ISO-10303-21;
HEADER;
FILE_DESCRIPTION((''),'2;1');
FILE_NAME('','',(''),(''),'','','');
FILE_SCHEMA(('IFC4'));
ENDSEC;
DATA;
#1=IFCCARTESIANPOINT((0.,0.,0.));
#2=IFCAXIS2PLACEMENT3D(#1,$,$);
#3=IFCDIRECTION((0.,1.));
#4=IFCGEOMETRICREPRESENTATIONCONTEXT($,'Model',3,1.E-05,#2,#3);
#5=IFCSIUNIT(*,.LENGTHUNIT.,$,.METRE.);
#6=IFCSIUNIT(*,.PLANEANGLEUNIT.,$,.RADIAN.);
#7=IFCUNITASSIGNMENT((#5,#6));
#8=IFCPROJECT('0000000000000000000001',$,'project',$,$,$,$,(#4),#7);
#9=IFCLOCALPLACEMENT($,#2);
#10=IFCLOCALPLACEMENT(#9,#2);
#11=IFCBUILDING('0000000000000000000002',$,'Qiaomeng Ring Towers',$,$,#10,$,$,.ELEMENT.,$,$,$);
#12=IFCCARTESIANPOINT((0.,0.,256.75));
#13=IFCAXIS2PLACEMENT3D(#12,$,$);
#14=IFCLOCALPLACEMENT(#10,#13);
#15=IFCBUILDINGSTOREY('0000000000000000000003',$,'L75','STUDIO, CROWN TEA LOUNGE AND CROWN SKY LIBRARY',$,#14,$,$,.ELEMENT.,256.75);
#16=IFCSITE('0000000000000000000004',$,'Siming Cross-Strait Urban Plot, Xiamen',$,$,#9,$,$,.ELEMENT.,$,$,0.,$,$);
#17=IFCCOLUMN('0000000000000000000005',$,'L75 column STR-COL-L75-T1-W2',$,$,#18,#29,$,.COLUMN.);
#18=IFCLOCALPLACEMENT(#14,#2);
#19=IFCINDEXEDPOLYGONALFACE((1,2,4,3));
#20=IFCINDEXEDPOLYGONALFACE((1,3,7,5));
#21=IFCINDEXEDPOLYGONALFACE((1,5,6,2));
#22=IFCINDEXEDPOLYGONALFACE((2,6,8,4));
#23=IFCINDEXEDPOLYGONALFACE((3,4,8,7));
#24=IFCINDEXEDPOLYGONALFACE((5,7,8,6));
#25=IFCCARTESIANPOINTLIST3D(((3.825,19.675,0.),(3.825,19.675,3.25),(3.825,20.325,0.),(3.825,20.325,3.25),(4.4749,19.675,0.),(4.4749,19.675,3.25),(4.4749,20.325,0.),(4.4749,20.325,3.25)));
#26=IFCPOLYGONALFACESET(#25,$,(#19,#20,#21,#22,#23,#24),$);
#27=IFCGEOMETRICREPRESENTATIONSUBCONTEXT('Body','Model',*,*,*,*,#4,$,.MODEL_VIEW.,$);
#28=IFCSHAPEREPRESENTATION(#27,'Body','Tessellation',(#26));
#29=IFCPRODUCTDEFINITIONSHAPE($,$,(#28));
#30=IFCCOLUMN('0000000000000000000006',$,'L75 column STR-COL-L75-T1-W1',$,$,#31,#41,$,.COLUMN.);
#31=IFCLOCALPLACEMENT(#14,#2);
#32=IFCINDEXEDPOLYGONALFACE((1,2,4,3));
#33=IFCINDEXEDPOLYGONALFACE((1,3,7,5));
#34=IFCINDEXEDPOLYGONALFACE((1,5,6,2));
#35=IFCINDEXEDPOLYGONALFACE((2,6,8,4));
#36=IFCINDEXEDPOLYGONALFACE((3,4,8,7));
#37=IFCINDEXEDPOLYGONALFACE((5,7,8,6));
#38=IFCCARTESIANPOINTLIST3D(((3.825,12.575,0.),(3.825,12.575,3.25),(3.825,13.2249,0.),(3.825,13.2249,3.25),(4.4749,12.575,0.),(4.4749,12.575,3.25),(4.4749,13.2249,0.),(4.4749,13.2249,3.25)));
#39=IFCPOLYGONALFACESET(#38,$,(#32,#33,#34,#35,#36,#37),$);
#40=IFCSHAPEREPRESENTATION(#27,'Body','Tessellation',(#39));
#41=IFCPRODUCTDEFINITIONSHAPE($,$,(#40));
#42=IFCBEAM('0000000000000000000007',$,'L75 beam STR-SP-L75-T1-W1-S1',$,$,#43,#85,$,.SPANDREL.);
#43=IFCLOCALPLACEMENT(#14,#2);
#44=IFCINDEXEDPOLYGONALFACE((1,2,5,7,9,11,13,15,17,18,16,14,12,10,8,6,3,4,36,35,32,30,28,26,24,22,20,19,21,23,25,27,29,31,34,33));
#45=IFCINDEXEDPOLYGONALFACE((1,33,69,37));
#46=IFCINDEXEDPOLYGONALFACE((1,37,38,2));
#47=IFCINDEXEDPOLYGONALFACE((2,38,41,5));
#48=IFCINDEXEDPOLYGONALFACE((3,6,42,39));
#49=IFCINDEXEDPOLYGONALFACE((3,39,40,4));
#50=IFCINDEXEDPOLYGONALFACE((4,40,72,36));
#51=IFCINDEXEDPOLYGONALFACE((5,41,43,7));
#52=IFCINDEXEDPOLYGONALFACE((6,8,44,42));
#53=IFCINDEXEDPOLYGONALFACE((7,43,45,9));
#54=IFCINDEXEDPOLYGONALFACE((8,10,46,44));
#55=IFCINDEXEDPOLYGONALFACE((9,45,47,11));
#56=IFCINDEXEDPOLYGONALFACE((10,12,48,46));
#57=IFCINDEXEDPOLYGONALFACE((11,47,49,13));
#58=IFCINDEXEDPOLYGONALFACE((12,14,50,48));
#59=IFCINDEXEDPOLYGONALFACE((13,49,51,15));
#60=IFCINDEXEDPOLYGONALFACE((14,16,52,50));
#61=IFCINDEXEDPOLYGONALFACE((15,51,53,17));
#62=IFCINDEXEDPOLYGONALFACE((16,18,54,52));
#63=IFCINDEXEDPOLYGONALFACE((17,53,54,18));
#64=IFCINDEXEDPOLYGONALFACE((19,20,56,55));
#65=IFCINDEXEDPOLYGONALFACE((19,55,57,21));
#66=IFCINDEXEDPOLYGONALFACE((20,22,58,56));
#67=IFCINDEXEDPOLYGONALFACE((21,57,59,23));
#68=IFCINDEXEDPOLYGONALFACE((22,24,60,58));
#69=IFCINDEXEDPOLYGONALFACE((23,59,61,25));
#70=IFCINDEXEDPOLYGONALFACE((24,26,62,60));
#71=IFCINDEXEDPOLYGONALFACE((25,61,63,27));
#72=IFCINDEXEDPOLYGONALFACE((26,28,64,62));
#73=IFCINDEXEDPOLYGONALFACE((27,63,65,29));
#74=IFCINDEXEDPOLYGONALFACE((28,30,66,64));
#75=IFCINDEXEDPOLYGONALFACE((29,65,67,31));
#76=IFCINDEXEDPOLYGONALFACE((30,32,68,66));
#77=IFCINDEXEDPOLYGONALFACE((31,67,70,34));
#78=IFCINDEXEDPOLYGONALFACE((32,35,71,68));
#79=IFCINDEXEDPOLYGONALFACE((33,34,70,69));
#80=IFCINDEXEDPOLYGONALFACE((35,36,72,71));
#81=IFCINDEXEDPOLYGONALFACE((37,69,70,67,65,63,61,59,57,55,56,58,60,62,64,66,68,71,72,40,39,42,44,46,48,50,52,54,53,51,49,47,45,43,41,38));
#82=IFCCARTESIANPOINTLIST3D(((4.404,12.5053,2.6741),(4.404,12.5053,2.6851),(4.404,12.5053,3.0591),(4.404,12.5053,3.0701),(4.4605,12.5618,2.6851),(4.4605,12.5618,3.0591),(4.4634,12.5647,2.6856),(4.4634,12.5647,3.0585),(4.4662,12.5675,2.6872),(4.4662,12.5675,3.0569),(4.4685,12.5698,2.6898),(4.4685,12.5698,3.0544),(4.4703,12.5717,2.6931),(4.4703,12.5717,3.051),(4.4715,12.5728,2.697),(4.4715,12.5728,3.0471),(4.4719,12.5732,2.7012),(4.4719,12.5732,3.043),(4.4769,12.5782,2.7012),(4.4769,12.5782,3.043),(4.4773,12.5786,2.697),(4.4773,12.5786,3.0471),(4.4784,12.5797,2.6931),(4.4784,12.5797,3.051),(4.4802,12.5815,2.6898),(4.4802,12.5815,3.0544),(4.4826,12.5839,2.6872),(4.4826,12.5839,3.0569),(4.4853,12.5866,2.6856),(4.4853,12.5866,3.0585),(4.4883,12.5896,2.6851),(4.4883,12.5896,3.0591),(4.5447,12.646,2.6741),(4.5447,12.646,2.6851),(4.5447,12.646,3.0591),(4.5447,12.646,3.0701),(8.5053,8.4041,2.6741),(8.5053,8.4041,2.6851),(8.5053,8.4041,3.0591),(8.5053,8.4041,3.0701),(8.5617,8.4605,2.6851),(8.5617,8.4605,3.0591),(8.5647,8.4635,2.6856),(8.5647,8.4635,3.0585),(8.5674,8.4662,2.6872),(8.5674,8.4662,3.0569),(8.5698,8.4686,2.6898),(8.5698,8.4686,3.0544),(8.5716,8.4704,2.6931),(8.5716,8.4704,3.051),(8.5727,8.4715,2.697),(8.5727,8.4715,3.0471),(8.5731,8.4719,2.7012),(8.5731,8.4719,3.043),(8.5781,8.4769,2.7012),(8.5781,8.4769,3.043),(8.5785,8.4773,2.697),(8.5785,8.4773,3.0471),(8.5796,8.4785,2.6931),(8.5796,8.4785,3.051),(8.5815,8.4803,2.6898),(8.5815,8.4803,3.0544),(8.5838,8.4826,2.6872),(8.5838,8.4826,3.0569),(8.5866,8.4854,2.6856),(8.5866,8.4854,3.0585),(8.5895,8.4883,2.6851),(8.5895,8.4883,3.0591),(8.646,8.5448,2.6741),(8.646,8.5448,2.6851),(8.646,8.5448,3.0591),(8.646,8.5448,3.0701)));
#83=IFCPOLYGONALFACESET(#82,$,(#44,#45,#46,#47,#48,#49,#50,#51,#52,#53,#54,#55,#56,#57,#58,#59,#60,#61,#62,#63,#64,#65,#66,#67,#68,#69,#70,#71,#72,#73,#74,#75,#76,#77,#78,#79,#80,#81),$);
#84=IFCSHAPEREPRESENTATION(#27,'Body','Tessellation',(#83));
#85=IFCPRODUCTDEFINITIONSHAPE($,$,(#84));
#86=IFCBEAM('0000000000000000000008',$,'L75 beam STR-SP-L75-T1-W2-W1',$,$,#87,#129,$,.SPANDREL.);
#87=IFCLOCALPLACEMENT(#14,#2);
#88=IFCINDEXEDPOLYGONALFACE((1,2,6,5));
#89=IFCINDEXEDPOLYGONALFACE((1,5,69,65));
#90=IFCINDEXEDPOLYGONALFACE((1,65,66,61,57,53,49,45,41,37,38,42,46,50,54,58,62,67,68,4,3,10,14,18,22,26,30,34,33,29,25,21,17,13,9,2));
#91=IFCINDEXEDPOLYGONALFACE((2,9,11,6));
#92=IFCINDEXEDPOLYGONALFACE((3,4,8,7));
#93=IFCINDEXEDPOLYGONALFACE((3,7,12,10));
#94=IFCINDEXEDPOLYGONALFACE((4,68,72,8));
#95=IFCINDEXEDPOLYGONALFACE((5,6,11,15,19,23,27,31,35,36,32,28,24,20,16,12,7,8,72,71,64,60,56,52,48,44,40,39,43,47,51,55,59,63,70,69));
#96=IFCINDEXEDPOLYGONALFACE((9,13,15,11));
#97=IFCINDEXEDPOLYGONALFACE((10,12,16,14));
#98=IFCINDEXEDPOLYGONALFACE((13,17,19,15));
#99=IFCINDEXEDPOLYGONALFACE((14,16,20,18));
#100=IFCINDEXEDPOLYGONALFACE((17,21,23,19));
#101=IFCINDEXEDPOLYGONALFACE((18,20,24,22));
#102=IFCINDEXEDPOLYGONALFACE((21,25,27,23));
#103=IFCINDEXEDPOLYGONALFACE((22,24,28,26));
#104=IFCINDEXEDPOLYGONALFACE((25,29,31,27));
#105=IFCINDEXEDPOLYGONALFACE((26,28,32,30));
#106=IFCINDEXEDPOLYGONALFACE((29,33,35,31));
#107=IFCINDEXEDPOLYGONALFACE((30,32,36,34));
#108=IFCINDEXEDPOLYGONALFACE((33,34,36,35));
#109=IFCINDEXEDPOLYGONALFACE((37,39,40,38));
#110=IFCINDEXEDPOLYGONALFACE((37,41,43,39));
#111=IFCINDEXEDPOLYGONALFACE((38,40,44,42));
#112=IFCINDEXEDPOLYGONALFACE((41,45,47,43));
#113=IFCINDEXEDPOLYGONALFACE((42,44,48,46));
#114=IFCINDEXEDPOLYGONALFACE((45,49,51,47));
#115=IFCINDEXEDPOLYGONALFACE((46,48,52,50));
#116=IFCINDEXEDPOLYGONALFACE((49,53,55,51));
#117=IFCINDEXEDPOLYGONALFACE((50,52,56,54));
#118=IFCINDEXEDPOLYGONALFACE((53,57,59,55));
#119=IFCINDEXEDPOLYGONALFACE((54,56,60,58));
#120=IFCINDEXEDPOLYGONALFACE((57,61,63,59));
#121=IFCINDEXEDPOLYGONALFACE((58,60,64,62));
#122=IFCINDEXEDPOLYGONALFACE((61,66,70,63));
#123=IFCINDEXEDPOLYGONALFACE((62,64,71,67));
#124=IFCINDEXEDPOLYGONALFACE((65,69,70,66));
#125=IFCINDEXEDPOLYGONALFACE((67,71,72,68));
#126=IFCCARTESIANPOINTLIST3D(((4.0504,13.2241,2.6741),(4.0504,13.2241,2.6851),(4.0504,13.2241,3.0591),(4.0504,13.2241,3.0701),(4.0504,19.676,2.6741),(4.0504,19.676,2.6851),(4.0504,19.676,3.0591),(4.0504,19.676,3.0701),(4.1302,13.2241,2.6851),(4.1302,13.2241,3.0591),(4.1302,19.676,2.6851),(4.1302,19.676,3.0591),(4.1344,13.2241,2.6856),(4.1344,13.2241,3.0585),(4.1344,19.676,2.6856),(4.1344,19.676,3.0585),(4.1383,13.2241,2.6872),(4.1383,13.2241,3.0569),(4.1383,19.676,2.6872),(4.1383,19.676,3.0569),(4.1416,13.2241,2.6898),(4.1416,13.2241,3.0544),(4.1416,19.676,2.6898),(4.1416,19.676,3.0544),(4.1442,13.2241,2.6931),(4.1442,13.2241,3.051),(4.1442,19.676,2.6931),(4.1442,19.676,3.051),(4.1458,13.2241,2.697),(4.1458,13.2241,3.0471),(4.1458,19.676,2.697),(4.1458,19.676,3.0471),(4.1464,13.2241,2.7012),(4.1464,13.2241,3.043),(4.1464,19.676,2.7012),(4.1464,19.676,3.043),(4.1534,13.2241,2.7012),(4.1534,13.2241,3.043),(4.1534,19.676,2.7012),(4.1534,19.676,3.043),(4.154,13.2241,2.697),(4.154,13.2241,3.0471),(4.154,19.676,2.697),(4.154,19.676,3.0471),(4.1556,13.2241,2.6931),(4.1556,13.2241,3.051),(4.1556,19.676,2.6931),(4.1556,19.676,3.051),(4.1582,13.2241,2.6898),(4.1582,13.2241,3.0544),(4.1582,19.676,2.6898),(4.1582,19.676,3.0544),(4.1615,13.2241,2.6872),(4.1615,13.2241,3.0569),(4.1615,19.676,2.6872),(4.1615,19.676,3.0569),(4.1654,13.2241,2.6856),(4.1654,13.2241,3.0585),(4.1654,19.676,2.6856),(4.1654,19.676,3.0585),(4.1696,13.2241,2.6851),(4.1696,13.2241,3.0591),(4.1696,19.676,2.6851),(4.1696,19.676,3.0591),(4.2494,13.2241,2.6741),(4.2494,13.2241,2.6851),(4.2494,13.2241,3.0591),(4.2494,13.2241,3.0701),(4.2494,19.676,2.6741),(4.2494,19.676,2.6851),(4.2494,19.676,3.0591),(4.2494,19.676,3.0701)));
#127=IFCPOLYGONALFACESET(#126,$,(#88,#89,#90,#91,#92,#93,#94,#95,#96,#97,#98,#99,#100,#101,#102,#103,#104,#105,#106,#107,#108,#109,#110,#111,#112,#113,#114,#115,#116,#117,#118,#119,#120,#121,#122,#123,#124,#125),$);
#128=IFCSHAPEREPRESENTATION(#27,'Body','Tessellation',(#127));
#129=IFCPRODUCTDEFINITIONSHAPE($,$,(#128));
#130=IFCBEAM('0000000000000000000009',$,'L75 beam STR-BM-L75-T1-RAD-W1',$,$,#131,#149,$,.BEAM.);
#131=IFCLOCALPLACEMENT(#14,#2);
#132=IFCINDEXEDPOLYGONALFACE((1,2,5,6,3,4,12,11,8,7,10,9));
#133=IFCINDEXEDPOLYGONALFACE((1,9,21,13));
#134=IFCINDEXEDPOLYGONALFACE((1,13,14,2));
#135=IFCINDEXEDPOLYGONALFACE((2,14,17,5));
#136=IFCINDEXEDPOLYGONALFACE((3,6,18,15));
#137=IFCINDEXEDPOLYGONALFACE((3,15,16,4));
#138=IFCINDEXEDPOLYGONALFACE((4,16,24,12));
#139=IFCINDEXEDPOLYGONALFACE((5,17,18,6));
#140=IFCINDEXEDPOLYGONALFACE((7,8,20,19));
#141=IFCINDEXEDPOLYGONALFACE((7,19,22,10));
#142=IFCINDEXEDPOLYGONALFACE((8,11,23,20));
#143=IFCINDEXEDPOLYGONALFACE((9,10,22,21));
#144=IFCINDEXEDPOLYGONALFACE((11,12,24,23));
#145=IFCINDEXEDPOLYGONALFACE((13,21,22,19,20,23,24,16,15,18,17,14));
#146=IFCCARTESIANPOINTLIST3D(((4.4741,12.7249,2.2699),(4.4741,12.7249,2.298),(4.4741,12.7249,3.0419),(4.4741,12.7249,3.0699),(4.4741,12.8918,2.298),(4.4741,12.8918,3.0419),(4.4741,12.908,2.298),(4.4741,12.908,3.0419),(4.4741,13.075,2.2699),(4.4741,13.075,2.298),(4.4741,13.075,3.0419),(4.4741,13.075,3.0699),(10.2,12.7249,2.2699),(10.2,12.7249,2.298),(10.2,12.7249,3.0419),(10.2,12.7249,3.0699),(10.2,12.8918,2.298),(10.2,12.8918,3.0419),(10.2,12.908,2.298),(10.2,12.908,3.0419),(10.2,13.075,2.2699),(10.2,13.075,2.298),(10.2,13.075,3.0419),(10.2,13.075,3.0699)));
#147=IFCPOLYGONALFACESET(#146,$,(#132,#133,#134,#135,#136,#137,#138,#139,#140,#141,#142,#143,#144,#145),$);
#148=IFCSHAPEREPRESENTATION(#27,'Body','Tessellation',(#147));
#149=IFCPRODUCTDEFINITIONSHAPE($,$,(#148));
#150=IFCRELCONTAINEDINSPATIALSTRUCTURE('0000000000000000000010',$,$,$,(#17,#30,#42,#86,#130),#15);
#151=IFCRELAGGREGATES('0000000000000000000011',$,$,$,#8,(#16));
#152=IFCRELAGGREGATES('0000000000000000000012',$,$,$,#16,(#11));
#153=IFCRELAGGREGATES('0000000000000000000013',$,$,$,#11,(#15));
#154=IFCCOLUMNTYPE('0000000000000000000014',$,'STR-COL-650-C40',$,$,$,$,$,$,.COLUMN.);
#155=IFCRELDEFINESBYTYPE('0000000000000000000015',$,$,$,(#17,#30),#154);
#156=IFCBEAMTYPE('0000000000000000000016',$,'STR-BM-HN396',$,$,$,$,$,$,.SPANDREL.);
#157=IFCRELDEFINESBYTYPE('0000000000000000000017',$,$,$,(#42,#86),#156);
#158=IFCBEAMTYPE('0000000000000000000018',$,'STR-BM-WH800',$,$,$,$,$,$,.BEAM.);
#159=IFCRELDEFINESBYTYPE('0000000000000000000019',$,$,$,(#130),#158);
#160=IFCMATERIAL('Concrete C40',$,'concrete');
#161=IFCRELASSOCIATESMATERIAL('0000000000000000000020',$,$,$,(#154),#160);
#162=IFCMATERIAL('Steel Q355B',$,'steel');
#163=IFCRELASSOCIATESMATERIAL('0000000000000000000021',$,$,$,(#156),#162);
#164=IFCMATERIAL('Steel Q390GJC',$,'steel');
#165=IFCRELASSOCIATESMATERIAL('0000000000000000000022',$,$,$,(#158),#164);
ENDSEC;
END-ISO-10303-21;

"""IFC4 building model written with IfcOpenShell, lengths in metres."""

from ifc_helpers import new_model, si_unit, direction, frame, origin, origin_2d, place, context, subcontext, project, spatial, rectangle, i_section, extrude, source, transform, mapped, material, material_profile, profile_set, type_object, element, save


model = new_model("IFC4")

# Units and contexts
model_context = context("Model", 3, precision=1e-05, world=origin(), true_north=direction((0.0, 1.0)))
body_context = subcontext(model_context, "Body", "Model", "MODEL_VIEW")
ifc_project = project(units=[si_unit("LENGTHUNIT", "METRE"), si_unit("PLANEANGLEUNIT", "RADIAN")], contexts=[model_context])

# Site, building, storey
site_placement = place(None, origin())
site = spatial("IfcSite", under=ifc_project, at=site_placement, Name="Siming Cross-Strait Urban Plot, Xiamen", CompositionType="ELEMENT", RefElevation=0.0)
building_placement = place(site_placement, origin())
building = spatial("IfcBuilding", under=site, at=building_placement, Name="Qiaomeng Ring Towers", CompositionType="ELEMENT")
storey_placement = place(building_placement, frame((0.0, 0.0, 256.75)))
storey = spatial("IfcBuildingStorey", under=building, at=storey_placement, Name="L75", Description="STUDIO, CROWN TEA LOUNGE AND CROWN SKY LIBRARY", CompositionType="ELEMENT", Elevation=256.75)

# Columns
ifc_material_1 = material(Name="Concrete C40", Category="concrete")
ifc_material_profile_1 = material_profile(ifc_material_1, rectangle(XDim=0.6499, YDim=0.6499, at=origin_2d()), Name="RC COL 650x650")
ifc_profile_set_1 = profile_set([ifc_material_profile_1], Name="Concrete C40")
column_type = type_object("IfcColumnType", Name="STR-COL-650-C40", PredefinedType="COLUMN", material=ifc_profile_set_1)
shared_shape_1 = source(origin(), body_context, "Body", "SweptSolid", [
    extrude(rectangle(XDim=0.6499, YDim=0.6499, at=origin_2d()), origin(), (0.0, 0.0, 1.0), 3.25),
])
for number, where, z_axis, x_axis, name in (
    (1, (4.1499, 20.0, 0.0), (0.0, 0.0, 1.0), (1.0, 0.0, 0.0), "L75 column STR-COL-L75-T1-W2"),
    (2, (4.1499, 12.8999, 0.0), (0.0, 0.0, 1.0), (1.0, 0.0, 0.0), "L75 column STR-COL-L75-T1-W1"),
):
    element("IfcColumn", number, at=place(storey_placement, frame(where, z_axis=z_axis, x_axis=x_axis)), inside=storey, type_object=column_type, Name=name, PredefinedType="COLUMN", context=body_context, shape_type="MappedRepresentation", body=[
        mapped(shared_shape_1, transform((0.0, 0.0, 0.0), x_axis=(1.0, 0.0, 0.0), y_axis=(0.0, 1.0, 0.0), z_axis=(0.0, 0.0, 1.0), scale=1.0)),
    ])

# Beams
ifc_material_2 = material(Name="Steel Q355B", Category="steel")
ifc_material_profile_2 = material_profile(ifc_material_2, i_section(OverallWidth=0.199, OverallDepth=0.396, WebThickness=0.0071, FlangeThickness=0.011, FilletRadius=0.0161, at=origin_2d()), Name="HN 396x199x7x11")
ifc_profile_set_2 = profile_set([ifc_material_profile_2], Name="Steel Q355B")
beam_type_1 = type_object("IfcBeamType", Name="STR-BM-HN396", PredefinedType="SPANDREL", material=ifc_profile_set_2)
shared_shape_2 = source(origin(), body_context, "Body", "SweptSolid", [
    extrude(i_section(OverallWidth=0.199, OverallDepth=0.396, WebThickness=0.0071, FlangeThickness=0.011, FilletRadius=0.0161, at=origin_2d()), origin(), (0.0, 0.0, 1.0), 5.8),
])
beam_1_placement = place(storey_placement, frame((4.4744, 12.5757, 2.8721), z_axis=(0.707107, -0.707107, 0.0), x_axis=(0.707107, 0.707107, 0.0)))
element("IfcBeam", 3, at=beam_1_placement, inside=storey, type_object=beam_type_1, Name="L75 beam STR-SP-L75-T1-W1-S1", PredefinedType="SPANDREL", context=body_context, shape_type="MappedRepresentation", body=[
    mapped(shared_shape_2, transform((0.0, 0.0, 0.0), x_axis=(1.0, 0.0, 0.0), y_axis=(0.0, 1.0, 0.0), z_axis=(0.0, 0.0, 1.0), scale=1.0)),
])
shared_shape_3 = source(origin(), body_context, "Body", "SweptSolid", [
    extrude(i_section(OverallWidth=0.199, OverallDepth=0.396, WebThickness=0.0071, FlangeThickness=0.011, FilletRadius=0.0161, at=origin_2d()), origin(), (0.0, 0.0, 1.0), 6.4519),
])
beam_2_placement = place(storey_placement, frame((4.1499, 19.676, 2.8721), z_axis=(0.0, -1.0, 0.0), x_axis=(1.0, 0.0, 0.0)))
element("IfcBeam", 4, at=beam_2_placement, inside=storey, type_object=beam_type_1, Name="L75 beam STR-SP-L75-T1-W2-W1", PredefinedType="SPANDREL", context=body_context, shape_type="MappedRepresentation", body=[
    mapped(shared_shape_3, transform((0.0, 0.0, 0.0), x_axis=(1.0, 0.0, 0.0), y_axis=(0.0, 1.0, 0.0), z_axis=(0.0, 0.0, 1.0), scale=1.0)),
])
ifc_material_3 = material(Name="Steel Q390GJC", Category="steel")
ifc_material_profile_3 = material_profile(ifc_material_3, i_section(OverallWidth=0.3501, OverallDepth=0.8, WebThickness=0.0161, FlangeThickness=0.0281, at=origin_2d()), Name="WH 800x350x16x28")
ifc_profile_set_3 = profile_set([ifc_material_profile_3], Name="Steel Q390GJC")
beam_type_2 = type_object("IfcBeamType", Name="STR-BM-WH800", PredefinedType="BEAM", material=ifc_profile_set_3)
shared_shape_4 = source(origin(), body_context, "Body", "SweptSolid", [
    extrude(i_section(OverallWidth=0.3501, OverallDepth=0.8, WebThickness=0.0161, FlangeThickness=0.0281, at=origin_2d()), origin(), (0.0, 0.0, 1.0), 5.7258),
])
beam_3_placement = place(storey_placement, frame((4.4741, 12.8999, 2.6699), z_axis=(1.0, 0.0, 0.0), x_axis=(0.0, 1.0, 0.0)))
element("IfcBeam", 5, at=beam_3_placement, inside=storey, type_object=beam_type_2, Name="L75 beam STR-BM-L75-T1-RAD-W1", PredefinedType="BEAM", context=body_context, shape_type="MappedRepresentation", body=[
    mapped(shared_shape_4, transform((0.0, 0.0, 0.0), x_axis=(1.0, 0.0, 0.0), y_axis=(0.0, 1.0, 0.0), z_axis=(0.0, 0.0, 1.0), scale=1.0)),
])

save(model, "model.ifc")
